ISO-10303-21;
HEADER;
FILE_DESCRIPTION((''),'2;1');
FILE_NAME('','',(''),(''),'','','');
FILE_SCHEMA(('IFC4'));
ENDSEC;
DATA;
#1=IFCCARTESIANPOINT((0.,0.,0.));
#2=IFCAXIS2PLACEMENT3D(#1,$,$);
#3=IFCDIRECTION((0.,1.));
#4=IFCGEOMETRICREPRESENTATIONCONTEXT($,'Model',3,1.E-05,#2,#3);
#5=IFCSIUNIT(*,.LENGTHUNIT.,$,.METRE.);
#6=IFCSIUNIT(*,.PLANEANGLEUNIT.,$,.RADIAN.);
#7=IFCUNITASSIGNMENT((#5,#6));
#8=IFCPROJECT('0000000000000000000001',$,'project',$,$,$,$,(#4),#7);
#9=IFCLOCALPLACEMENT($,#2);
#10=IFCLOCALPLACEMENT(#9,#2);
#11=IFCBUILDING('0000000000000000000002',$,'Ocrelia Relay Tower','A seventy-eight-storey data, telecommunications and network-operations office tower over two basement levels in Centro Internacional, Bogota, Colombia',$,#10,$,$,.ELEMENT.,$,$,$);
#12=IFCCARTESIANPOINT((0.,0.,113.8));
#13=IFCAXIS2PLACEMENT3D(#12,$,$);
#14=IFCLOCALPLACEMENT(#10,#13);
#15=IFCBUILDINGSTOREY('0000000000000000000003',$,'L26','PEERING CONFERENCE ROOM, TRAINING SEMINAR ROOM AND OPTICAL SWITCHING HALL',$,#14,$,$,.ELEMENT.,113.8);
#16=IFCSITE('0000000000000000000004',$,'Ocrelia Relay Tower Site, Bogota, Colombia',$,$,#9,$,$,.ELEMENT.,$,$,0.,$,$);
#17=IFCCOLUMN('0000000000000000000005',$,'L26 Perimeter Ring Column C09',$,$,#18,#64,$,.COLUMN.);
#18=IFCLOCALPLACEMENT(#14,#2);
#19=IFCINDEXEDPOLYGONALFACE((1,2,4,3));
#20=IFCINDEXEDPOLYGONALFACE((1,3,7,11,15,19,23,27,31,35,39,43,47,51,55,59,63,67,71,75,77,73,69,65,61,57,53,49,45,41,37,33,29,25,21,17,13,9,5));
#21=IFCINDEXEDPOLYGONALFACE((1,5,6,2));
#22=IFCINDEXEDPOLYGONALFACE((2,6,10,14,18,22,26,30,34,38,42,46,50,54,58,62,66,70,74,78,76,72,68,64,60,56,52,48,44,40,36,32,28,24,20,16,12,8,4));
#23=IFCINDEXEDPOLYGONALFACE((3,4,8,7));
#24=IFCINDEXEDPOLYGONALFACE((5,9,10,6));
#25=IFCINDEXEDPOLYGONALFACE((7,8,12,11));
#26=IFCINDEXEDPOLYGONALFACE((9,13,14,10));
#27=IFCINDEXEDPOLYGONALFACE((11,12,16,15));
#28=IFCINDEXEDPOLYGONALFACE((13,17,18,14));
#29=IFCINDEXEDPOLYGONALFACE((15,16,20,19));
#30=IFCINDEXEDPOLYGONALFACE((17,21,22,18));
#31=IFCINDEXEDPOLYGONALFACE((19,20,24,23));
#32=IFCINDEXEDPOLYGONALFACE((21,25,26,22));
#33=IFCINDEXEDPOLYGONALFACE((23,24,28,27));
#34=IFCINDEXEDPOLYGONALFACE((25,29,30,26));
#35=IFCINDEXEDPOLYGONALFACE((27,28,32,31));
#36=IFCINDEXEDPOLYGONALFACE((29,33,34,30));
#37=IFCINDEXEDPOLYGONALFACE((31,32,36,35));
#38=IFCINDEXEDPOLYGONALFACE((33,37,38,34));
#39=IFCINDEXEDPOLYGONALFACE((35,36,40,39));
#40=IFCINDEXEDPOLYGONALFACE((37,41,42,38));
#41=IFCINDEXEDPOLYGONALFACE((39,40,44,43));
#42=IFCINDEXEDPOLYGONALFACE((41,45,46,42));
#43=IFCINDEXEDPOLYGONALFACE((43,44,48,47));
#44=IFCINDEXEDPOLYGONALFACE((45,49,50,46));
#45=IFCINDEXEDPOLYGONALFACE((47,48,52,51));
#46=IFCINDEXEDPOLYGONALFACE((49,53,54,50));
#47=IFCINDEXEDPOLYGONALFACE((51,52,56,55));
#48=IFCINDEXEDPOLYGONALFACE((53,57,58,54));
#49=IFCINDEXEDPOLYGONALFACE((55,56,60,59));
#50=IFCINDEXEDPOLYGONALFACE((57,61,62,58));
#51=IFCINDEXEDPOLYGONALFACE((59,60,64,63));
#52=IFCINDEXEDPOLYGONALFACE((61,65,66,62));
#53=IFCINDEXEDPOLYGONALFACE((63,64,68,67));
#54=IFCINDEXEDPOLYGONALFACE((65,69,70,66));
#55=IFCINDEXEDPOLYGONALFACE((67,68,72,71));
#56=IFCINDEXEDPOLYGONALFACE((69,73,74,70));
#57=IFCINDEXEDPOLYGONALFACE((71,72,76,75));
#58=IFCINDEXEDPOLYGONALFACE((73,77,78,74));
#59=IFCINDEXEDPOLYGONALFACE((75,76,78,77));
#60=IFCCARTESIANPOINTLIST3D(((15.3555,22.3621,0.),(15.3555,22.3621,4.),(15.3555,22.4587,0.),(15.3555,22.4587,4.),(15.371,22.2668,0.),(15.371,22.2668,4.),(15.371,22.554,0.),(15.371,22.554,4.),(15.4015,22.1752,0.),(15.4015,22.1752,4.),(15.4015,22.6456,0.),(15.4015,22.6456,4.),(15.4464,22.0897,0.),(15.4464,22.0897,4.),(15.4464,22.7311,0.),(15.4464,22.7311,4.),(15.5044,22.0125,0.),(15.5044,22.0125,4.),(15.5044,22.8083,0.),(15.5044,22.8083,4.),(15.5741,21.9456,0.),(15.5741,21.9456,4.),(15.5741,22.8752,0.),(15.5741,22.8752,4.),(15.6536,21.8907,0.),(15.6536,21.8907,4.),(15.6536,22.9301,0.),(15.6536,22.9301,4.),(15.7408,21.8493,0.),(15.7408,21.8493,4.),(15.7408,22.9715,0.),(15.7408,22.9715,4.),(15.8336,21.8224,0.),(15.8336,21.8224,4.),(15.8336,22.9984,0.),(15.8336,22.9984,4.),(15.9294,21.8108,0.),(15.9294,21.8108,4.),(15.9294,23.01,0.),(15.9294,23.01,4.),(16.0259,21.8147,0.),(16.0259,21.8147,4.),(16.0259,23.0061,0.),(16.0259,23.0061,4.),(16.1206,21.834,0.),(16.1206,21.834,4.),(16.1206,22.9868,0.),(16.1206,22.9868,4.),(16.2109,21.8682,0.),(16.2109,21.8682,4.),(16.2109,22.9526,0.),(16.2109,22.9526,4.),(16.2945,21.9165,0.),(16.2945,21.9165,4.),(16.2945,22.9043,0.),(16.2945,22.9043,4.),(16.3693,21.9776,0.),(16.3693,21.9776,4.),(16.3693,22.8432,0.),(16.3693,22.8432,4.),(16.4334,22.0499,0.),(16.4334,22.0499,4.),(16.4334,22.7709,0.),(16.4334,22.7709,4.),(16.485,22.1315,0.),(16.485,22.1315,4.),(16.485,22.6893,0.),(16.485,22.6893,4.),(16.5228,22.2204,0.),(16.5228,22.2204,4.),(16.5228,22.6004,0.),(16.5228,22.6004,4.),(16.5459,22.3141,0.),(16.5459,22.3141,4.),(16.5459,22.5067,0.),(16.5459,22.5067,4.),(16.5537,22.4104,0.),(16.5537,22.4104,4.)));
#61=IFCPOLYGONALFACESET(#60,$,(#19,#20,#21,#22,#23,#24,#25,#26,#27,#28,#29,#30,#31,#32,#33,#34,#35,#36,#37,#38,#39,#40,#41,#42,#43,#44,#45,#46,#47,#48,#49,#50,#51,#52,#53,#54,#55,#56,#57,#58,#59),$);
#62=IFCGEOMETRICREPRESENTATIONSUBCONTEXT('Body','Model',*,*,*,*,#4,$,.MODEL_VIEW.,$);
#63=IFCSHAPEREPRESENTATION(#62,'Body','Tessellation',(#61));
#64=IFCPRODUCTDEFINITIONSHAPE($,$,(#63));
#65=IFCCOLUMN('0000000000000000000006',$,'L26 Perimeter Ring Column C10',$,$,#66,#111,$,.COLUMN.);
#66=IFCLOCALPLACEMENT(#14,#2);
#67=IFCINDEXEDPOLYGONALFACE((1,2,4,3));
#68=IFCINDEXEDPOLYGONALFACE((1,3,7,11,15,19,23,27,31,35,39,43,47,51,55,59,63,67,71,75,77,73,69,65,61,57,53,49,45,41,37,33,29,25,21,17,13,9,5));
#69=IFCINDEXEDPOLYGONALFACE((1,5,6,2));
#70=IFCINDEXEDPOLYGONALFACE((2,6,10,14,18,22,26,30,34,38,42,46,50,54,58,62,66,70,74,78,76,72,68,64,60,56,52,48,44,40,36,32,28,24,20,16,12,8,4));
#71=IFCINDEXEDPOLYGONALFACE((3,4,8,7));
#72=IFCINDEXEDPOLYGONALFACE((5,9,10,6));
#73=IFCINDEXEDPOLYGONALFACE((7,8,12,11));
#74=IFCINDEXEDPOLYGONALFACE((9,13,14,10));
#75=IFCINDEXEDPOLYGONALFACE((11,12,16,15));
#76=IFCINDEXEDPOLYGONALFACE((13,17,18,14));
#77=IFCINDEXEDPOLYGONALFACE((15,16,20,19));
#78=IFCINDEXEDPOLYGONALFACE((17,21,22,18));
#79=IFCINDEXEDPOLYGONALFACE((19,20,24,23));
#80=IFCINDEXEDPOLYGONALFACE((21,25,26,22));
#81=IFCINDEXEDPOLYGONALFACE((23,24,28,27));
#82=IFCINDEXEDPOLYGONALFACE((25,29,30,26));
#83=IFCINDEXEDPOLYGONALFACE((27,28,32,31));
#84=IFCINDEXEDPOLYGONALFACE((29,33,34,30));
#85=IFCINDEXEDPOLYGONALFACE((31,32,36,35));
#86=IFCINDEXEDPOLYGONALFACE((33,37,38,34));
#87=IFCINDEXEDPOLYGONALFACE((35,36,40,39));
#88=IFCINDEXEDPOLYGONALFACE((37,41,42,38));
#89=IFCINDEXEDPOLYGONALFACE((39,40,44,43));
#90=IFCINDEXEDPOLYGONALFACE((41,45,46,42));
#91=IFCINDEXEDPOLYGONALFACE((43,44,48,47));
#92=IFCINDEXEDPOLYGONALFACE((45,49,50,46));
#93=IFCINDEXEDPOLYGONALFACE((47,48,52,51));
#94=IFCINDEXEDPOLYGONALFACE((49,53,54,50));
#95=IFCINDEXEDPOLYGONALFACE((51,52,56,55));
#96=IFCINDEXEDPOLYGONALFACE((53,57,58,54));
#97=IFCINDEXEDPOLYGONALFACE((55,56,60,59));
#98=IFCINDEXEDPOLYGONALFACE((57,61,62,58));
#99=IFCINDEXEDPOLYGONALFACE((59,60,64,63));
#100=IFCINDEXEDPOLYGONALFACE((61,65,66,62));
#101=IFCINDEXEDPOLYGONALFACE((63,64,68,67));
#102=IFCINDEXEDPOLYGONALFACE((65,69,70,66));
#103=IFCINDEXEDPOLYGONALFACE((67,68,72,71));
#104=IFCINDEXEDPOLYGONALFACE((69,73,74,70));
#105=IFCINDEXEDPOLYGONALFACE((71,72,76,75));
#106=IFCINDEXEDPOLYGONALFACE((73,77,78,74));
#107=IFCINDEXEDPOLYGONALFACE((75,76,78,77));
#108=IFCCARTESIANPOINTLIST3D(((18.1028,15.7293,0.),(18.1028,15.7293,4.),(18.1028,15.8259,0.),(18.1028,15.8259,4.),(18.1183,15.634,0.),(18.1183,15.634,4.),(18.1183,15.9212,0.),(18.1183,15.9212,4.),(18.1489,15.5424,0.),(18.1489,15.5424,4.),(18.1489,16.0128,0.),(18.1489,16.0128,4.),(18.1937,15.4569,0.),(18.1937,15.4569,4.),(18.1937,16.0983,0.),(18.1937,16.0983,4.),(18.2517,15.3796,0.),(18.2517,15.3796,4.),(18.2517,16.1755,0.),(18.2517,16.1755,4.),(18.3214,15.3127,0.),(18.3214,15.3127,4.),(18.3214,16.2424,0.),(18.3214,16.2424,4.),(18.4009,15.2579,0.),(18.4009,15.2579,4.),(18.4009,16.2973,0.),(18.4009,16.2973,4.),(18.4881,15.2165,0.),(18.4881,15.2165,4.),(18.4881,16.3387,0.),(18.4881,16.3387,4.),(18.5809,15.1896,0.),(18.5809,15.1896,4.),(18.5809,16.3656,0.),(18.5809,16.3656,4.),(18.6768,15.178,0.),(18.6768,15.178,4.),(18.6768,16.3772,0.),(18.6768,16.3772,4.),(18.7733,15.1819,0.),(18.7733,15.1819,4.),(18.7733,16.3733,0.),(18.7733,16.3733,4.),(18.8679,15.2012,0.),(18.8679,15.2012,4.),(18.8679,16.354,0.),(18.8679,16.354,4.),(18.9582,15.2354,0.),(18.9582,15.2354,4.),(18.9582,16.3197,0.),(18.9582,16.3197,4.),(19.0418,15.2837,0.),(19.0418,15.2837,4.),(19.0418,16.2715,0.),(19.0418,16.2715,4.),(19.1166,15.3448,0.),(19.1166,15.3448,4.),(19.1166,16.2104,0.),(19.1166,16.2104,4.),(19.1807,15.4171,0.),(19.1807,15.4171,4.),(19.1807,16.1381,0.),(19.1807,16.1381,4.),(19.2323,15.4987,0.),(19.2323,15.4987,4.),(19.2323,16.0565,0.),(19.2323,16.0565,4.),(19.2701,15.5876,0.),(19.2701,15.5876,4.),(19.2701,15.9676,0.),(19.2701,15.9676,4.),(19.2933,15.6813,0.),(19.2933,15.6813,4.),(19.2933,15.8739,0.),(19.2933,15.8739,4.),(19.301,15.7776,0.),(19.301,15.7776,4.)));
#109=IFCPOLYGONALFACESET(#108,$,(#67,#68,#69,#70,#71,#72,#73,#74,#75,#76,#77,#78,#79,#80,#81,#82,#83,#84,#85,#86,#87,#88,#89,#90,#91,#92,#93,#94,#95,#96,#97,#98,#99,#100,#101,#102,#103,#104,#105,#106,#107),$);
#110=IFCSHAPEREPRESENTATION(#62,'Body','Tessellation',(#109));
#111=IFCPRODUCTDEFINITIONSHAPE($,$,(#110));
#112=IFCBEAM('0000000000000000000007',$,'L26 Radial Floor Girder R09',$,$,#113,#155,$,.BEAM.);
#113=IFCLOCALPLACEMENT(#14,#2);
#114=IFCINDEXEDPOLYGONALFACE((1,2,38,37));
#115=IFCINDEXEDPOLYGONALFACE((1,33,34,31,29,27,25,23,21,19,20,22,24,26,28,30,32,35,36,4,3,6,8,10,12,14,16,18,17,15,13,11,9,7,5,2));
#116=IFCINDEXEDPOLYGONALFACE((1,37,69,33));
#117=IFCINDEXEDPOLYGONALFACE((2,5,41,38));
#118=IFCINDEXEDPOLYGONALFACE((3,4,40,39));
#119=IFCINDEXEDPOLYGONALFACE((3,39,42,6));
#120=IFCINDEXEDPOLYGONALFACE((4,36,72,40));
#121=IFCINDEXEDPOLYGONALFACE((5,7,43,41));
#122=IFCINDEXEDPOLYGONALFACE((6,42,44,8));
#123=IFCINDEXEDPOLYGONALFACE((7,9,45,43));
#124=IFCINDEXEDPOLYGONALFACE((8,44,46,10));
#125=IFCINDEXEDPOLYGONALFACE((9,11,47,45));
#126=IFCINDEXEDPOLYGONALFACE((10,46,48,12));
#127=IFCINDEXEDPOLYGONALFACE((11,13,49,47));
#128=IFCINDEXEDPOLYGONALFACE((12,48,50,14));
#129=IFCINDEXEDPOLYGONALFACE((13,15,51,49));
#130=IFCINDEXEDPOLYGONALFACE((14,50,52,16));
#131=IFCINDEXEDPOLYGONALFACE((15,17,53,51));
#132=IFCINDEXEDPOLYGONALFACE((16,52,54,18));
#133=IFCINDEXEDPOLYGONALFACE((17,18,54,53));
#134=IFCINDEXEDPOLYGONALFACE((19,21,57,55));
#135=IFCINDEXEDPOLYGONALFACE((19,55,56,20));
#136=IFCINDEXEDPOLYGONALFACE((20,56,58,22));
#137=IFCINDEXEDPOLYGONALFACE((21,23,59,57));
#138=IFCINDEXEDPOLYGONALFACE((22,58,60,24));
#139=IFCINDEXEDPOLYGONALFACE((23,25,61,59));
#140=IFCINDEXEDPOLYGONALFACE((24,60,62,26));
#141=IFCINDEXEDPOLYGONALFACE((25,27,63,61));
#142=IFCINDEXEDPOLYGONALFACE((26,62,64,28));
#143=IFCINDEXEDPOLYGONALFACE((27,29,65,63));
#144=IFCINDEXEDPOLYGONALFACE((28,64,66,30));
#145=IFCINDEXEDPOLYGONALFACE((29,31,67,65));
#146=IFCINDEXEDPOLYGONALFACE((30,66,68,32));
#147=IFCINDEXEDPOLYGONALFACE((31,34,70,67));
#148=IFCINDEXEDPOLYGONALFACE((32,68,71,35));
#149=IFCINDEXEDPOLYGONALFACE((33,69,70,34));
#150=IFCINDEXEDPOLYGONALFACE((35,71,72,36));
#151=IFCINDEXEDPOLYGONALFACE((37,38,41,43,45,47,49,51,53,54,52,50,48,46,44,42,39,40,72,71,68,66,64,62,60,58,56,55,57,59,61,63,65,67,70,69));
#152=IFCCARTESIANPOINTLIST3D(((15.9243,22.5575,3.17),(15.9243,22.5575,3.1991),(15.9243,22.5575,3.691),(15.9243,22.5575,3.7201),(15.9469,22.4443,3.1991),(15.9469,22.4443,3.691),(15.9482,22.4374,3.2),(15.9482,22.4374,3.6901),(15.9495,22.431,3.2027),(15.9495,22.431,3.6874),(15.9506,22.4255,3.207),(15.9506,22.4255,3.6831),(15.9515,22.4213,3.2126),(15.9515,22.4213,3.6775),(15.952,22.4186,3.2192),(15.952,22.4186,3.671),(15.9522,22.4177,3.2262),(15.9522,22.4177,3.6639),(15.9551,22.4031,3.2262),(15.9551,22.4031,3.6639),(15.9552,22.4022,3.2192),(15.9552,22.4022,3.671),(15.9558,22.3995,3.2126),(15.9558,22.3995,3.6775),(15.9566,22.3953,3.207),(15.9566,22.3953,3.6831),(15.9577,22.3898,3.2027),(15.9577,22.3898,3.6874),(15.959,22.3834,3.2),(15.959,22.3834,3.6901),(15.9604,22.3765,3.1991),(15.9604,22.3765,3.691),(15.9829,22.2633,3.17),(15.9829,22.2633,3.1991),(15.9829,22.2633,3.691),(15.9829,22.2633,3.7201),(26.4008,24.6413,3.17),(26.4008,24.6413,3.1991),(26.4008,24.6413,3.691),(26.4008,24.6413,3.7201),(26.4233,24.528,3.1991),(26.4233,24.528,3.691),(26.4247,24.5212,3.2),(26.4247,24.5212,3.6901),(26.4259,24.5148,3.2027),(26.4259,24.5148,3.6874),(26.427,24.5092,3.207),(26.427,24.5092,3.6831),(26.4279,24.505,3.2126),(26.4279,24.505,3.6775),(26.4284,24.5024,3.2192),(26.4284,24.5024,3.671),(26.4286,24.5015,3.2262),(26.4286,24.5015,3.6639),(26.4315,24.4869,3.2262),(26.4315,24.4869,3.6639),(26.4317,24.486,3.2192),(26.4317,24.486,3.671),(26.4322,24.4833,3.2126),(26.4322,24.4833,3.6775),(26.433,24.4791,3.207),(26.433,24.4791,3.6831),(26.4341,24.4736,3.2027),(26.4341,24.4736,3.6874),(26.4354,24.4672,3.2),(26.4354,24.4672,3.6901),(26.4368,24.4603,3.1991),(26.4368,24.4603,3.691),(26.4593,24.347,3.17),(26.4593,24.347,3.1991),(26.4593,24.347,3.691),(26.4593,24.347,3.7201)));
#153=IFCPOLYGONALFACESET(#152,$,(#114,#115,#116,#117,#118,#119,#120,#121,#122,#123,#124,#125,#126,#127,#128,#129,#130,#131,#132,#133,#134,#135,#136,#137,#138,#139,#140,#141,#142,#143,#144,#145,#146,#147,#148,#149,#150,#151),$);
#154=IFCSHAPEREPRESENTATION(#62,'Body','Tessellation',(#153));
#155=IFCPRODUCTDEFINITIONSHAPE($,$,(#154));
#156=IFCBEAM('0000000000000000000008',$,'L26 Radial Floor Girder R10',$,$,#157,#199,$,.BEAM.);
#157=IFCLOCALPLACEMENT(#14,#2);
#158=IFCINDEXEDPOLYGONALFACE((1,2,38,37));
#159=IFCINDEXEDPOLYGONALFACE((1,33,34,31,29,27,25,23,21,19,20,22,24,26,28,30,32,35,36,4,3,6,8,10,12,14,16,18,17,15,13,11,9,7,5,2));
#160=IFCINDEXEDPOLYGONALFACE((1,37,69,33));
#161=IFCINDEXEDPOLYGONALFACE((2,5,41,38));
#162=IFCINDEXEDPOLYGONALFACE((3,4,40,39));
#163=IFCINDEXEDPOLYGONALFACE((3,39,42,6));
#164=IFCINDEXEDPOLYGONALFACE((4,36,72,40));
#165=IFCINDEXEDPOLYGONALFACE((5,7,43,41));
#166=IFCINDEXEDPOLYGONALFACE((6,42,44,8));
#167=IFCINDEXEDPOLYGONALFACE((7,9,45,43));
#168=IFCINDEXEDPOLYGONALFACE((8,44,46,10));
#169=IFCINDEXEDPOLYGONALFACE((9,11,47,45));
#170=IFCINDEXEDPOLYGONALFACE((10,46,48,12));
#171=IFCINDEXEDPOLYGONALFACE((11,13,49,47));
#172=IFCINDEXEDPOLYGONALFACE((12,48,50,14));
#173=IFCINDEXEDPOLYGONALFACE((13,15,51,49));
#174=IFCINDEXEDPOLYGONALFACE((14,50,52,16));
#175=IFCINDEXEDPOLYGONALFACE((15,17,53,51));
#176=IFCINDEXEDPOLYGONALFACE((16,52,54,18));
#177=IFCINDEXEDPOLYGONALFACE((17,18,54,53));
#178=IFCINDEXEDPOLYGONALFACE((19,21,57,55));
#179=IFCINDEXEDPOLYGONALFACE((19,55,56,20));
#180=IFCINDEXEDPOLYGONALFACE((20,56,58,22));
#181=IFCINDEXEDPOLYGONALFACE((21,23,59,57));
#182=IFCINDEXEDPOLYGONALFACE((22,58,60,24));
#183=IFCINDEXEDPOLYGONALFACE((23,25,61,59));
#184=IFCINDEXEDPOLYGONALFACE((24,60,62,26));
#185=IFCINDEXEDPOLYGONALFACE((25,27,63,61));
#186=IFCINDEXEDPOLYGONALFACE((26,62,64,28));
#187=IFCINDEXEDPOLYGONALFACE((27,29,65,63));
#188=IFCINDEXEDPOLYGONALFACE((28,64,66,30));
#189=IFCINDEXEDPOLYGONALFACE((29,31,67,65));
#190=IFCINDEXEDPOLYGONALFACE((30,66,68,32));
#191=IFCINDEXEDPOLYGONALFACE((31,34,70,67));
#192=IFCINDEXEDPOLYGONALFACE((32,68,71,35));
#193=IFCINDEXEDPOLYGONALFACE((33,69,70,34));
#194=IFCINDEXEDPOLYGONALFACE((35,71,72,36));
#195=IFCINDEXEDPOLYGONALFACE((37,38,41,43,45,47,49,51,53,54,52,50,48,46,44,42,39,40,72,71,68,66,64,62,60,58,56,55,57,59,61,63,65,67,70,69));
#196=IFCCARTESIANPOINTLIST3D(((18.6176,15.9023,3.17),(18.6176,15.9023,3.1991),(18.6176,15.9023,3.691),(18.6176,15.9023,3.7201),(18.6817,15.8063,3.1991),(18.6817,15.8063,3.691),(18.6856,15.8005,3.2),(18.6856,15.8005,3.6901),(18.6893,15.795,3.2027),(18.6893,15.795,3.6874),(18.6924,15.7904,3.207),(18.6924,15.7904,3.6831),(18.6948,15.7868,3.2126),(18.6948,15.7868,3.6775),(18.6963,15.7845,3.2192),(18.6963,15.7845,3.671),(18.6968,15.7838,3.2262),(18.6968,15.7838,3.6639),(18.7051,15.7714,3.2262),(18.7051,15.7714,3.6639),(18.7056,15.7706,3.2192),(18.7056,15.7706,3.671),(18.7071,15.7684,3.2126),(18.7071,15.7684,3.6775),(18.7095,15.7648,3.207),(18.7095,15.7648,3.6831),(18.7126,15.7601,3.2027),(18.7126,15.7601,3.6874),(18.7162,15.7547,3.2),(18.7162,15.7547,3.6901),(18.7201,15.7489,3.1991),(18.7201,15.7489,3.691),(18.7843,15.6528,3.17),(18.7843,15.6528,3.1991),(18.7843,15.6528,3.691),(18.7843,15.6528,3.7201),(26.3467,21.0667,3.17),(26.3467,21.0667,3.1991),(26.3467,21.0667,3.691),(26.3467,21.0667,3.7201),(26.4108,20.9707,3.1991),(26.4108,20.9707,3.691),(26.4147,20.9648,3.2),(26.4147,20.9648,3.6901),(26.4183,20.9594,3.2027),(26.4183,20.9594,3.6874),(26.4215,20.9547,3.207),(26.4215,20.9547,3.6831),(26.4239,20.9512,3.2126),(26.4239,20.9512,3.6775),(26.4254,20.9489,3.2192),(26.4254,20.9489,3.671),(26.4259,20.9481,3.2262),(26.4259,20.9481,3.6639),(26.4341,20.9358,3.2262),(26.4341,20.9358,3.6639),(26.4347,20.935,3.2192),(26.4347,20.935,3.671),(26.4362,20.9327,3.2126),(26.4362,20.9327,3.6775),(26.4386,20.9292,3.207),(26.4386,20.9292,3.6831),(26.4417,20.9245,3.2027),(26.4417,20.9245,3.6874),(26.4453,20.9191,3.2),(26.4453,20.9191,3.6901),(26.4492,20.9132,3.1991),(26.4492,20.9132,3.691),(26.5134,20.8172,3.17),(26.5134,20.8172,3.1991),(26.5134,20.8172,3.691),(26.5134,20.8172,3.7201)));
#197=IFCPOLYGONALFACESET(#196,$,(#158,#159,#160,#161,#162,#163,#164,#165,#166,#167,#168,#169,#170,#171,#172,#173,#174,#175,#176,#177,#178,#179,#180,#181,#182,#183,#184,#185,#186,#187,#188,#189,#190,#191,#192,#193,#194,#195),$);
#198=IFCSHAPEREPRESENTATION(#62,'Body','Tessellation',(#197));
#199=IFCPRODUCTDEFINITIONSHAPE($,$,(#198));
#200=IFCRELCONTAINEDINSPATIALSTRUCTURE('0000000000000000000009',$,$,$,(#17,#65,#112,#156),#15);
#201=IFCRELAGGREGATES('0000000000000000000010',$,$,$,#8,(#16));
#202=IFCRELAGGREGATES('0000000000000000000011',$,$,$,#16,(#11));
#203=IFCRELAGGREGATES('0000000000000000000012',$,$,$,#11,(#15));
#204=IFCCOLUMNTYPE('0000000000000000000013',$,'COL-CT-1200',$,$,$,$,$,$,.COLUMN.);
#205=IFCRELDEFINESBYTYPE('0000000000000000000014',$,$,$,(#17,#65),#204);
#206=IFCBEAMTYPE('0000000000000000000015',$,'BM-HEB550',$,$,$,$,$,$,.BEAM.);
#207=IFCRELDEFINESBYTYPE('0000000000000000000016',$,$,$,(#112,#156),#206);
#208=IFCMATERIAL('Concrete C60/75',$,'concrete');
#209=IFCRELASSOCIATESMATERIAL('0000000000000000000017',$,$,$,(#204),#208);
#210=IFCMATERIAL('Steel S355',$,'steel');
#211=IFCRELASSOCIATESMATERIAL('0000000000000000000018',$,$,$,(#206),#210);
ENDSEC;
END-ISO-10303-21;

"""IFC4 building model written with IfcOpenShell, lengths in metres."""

from ifc_helpers import new_model, si_unit, direction, frame, origin, origin_2d, place, context, subcontext, project, spatial, circle, i_section, extrude, material, material_profile, profile_set, type_object, element, save


model = new_model("IFC4")

# Units and contexts
model_context = context("Model", 3, precision=1e-05, world=origin(), true_north=direction((0.0, 1.0)))
body_context = subcontext(model_context, "Body", "Model", "MODEL_VIEW")
ifc_project = project(units=[si_unit("LENGTHUNIT", "METRE"), si_unit("PLANEANGLEUNIT", "RADIAN")], contexts=[model_context])

# Site, building, storey
site_placement = place(None, origin())
site = spatial("IfcSite", under=ifc_project, at=site_placement, Name="Ocrelia Relay Tower Site, Bogota, Colombia", CompositionType="ELEMENT", RefElevation=0.0)
building_placement = place(site_placement, origin())
building = spatial("IfcBuilding", under=site, at=building_placement, Name="Ocrelia Relay Tower", Description="A seventy-eight-storey data, telecommunications and network-operations office tower over two basement levels in Centro Internacional, Bogota, Colombia", CompositionType="ELEMENT")
storey_placement = place(building_placement, frame((0.0, 0.0, 113.8)))
storey = spatial("IfcBuildingStorey", under=building, at=storey_placement, Name="L26", Description="PEERING CONFERENCE ROOM, TRAINING SEMINAR ROOM AND OPTICAL SWITCHING HALL", CompositionType="ELEMENT", Elevation=113.8)

# Columns
ifc_material_1 = material(Name="Concrete C60/75", Category="concrete")
ifc_material_profile_1 = material_profile(ifc_material_1, circle(Radius=0.6001, at=origin_2d()), Name="RC-CIR-1200")
ifc_profile_set_1 = profile_set([ifc_material_profile_1], Name="Concrete C60/75")
column_type = type_object("IfcColumnType", Name="COL-CT-1200", PredefinedType="COLUMN", material=ifc_profile_set_1)
for number, where, z_axis, x_axis, name in (
    (1, (15.9536, 22.4104, 0.0), (0.0, 0.0, 1.0), (1.0, 0.0, 0.0), "L26 Perimeter Ring Column C09"),
    (2, (18.7009, 15.7776, 0.0), (0.0, 0.0, 1.0), (1.0, 0.0, 0.0), "L26 Perimeter Ring Column C10"),
):
    element("IfcColumn", number, at=place(storey_placement, frame(where, z_axis=z_axis, x_axis=x_axis)), inside=storey, type_object=column_type, Name=name, PredefinedType="COLUMN", context=body_context, shape_type="SweptSolid", body=[
        extrude(circle(Radius=0.6001, at=origin_2d()), origin(), (0.0, 0.0, 1.0), 4.0),
    ])

# Beams
ifc_material_2 = material(Name="Steel S355", Category="steel")
ifc_material_profile_2 = material_profile(ifc_material_2, i_section(OverallWidth=0.3, OverallDepth=0.55, WebThickness=0.0149, FlangeThickness=0.0291, FilletRadius=0.0271, at=origin_2d()), Name="HEB 550")
ifc_profile_set_2 = profile_set([ifc_material_profile_2], Name="Steel S355")
beam_type_1 = type_object("IfcBeamType", Name="BM-HEB550", PredefinedType="BEAM", material=ifc_profile_set_2)
beam_1_placement = place(storey_placement, frame((15.9536, 22.4104, 3.4451), z_axis=(0.980788, 0.195079, 0.0), x_axis=(-0.195079, 0.980788, 0.0)))
element("IfcBeam", 3, at=beam_1_placement, inside=storey, type_object=beam_type_1, Name="L26 Radial Floor Girder R09", PredefinedType="BEAM", context=body_context, shape_type="SweptSolid", body=[
    extrude(i_section(OverallWidth=0.3, OverallDepth=0.55, WebThickness=0.0149, FlangeThickness=0.0291, FilletRadius=0.0271, at=origin_2d()), origin(), (0.0, 0.0, 1.0), 10.6816),
])
beam_2_placement = place(storey_placement, frame((18.7009, 15.7776, 3.4451), z_axis=(0.831472, 0.555567, 0.0), x_axis=(-0.555567, 0.831472, 0.0)))
element("IfcBeam", 4, at=beam_2_placement, inside=storey, type_object=beam_type_1, Name="L26 Radial Floor Girder R10", PredefinedType="BEAM", context=body_context, shape_type="SweptSolid", body=[
    extrude(i_section(OverallWidth=0.3, OverallDepth=0.55, WebThickness=0.0149, FlangeThickness=0.0291, FilletRadius=0.0271, at=origin_2d()), origin(), (0.0, 0.0, 1.0), 9.2957),
])

save(model, "model.ifc")
